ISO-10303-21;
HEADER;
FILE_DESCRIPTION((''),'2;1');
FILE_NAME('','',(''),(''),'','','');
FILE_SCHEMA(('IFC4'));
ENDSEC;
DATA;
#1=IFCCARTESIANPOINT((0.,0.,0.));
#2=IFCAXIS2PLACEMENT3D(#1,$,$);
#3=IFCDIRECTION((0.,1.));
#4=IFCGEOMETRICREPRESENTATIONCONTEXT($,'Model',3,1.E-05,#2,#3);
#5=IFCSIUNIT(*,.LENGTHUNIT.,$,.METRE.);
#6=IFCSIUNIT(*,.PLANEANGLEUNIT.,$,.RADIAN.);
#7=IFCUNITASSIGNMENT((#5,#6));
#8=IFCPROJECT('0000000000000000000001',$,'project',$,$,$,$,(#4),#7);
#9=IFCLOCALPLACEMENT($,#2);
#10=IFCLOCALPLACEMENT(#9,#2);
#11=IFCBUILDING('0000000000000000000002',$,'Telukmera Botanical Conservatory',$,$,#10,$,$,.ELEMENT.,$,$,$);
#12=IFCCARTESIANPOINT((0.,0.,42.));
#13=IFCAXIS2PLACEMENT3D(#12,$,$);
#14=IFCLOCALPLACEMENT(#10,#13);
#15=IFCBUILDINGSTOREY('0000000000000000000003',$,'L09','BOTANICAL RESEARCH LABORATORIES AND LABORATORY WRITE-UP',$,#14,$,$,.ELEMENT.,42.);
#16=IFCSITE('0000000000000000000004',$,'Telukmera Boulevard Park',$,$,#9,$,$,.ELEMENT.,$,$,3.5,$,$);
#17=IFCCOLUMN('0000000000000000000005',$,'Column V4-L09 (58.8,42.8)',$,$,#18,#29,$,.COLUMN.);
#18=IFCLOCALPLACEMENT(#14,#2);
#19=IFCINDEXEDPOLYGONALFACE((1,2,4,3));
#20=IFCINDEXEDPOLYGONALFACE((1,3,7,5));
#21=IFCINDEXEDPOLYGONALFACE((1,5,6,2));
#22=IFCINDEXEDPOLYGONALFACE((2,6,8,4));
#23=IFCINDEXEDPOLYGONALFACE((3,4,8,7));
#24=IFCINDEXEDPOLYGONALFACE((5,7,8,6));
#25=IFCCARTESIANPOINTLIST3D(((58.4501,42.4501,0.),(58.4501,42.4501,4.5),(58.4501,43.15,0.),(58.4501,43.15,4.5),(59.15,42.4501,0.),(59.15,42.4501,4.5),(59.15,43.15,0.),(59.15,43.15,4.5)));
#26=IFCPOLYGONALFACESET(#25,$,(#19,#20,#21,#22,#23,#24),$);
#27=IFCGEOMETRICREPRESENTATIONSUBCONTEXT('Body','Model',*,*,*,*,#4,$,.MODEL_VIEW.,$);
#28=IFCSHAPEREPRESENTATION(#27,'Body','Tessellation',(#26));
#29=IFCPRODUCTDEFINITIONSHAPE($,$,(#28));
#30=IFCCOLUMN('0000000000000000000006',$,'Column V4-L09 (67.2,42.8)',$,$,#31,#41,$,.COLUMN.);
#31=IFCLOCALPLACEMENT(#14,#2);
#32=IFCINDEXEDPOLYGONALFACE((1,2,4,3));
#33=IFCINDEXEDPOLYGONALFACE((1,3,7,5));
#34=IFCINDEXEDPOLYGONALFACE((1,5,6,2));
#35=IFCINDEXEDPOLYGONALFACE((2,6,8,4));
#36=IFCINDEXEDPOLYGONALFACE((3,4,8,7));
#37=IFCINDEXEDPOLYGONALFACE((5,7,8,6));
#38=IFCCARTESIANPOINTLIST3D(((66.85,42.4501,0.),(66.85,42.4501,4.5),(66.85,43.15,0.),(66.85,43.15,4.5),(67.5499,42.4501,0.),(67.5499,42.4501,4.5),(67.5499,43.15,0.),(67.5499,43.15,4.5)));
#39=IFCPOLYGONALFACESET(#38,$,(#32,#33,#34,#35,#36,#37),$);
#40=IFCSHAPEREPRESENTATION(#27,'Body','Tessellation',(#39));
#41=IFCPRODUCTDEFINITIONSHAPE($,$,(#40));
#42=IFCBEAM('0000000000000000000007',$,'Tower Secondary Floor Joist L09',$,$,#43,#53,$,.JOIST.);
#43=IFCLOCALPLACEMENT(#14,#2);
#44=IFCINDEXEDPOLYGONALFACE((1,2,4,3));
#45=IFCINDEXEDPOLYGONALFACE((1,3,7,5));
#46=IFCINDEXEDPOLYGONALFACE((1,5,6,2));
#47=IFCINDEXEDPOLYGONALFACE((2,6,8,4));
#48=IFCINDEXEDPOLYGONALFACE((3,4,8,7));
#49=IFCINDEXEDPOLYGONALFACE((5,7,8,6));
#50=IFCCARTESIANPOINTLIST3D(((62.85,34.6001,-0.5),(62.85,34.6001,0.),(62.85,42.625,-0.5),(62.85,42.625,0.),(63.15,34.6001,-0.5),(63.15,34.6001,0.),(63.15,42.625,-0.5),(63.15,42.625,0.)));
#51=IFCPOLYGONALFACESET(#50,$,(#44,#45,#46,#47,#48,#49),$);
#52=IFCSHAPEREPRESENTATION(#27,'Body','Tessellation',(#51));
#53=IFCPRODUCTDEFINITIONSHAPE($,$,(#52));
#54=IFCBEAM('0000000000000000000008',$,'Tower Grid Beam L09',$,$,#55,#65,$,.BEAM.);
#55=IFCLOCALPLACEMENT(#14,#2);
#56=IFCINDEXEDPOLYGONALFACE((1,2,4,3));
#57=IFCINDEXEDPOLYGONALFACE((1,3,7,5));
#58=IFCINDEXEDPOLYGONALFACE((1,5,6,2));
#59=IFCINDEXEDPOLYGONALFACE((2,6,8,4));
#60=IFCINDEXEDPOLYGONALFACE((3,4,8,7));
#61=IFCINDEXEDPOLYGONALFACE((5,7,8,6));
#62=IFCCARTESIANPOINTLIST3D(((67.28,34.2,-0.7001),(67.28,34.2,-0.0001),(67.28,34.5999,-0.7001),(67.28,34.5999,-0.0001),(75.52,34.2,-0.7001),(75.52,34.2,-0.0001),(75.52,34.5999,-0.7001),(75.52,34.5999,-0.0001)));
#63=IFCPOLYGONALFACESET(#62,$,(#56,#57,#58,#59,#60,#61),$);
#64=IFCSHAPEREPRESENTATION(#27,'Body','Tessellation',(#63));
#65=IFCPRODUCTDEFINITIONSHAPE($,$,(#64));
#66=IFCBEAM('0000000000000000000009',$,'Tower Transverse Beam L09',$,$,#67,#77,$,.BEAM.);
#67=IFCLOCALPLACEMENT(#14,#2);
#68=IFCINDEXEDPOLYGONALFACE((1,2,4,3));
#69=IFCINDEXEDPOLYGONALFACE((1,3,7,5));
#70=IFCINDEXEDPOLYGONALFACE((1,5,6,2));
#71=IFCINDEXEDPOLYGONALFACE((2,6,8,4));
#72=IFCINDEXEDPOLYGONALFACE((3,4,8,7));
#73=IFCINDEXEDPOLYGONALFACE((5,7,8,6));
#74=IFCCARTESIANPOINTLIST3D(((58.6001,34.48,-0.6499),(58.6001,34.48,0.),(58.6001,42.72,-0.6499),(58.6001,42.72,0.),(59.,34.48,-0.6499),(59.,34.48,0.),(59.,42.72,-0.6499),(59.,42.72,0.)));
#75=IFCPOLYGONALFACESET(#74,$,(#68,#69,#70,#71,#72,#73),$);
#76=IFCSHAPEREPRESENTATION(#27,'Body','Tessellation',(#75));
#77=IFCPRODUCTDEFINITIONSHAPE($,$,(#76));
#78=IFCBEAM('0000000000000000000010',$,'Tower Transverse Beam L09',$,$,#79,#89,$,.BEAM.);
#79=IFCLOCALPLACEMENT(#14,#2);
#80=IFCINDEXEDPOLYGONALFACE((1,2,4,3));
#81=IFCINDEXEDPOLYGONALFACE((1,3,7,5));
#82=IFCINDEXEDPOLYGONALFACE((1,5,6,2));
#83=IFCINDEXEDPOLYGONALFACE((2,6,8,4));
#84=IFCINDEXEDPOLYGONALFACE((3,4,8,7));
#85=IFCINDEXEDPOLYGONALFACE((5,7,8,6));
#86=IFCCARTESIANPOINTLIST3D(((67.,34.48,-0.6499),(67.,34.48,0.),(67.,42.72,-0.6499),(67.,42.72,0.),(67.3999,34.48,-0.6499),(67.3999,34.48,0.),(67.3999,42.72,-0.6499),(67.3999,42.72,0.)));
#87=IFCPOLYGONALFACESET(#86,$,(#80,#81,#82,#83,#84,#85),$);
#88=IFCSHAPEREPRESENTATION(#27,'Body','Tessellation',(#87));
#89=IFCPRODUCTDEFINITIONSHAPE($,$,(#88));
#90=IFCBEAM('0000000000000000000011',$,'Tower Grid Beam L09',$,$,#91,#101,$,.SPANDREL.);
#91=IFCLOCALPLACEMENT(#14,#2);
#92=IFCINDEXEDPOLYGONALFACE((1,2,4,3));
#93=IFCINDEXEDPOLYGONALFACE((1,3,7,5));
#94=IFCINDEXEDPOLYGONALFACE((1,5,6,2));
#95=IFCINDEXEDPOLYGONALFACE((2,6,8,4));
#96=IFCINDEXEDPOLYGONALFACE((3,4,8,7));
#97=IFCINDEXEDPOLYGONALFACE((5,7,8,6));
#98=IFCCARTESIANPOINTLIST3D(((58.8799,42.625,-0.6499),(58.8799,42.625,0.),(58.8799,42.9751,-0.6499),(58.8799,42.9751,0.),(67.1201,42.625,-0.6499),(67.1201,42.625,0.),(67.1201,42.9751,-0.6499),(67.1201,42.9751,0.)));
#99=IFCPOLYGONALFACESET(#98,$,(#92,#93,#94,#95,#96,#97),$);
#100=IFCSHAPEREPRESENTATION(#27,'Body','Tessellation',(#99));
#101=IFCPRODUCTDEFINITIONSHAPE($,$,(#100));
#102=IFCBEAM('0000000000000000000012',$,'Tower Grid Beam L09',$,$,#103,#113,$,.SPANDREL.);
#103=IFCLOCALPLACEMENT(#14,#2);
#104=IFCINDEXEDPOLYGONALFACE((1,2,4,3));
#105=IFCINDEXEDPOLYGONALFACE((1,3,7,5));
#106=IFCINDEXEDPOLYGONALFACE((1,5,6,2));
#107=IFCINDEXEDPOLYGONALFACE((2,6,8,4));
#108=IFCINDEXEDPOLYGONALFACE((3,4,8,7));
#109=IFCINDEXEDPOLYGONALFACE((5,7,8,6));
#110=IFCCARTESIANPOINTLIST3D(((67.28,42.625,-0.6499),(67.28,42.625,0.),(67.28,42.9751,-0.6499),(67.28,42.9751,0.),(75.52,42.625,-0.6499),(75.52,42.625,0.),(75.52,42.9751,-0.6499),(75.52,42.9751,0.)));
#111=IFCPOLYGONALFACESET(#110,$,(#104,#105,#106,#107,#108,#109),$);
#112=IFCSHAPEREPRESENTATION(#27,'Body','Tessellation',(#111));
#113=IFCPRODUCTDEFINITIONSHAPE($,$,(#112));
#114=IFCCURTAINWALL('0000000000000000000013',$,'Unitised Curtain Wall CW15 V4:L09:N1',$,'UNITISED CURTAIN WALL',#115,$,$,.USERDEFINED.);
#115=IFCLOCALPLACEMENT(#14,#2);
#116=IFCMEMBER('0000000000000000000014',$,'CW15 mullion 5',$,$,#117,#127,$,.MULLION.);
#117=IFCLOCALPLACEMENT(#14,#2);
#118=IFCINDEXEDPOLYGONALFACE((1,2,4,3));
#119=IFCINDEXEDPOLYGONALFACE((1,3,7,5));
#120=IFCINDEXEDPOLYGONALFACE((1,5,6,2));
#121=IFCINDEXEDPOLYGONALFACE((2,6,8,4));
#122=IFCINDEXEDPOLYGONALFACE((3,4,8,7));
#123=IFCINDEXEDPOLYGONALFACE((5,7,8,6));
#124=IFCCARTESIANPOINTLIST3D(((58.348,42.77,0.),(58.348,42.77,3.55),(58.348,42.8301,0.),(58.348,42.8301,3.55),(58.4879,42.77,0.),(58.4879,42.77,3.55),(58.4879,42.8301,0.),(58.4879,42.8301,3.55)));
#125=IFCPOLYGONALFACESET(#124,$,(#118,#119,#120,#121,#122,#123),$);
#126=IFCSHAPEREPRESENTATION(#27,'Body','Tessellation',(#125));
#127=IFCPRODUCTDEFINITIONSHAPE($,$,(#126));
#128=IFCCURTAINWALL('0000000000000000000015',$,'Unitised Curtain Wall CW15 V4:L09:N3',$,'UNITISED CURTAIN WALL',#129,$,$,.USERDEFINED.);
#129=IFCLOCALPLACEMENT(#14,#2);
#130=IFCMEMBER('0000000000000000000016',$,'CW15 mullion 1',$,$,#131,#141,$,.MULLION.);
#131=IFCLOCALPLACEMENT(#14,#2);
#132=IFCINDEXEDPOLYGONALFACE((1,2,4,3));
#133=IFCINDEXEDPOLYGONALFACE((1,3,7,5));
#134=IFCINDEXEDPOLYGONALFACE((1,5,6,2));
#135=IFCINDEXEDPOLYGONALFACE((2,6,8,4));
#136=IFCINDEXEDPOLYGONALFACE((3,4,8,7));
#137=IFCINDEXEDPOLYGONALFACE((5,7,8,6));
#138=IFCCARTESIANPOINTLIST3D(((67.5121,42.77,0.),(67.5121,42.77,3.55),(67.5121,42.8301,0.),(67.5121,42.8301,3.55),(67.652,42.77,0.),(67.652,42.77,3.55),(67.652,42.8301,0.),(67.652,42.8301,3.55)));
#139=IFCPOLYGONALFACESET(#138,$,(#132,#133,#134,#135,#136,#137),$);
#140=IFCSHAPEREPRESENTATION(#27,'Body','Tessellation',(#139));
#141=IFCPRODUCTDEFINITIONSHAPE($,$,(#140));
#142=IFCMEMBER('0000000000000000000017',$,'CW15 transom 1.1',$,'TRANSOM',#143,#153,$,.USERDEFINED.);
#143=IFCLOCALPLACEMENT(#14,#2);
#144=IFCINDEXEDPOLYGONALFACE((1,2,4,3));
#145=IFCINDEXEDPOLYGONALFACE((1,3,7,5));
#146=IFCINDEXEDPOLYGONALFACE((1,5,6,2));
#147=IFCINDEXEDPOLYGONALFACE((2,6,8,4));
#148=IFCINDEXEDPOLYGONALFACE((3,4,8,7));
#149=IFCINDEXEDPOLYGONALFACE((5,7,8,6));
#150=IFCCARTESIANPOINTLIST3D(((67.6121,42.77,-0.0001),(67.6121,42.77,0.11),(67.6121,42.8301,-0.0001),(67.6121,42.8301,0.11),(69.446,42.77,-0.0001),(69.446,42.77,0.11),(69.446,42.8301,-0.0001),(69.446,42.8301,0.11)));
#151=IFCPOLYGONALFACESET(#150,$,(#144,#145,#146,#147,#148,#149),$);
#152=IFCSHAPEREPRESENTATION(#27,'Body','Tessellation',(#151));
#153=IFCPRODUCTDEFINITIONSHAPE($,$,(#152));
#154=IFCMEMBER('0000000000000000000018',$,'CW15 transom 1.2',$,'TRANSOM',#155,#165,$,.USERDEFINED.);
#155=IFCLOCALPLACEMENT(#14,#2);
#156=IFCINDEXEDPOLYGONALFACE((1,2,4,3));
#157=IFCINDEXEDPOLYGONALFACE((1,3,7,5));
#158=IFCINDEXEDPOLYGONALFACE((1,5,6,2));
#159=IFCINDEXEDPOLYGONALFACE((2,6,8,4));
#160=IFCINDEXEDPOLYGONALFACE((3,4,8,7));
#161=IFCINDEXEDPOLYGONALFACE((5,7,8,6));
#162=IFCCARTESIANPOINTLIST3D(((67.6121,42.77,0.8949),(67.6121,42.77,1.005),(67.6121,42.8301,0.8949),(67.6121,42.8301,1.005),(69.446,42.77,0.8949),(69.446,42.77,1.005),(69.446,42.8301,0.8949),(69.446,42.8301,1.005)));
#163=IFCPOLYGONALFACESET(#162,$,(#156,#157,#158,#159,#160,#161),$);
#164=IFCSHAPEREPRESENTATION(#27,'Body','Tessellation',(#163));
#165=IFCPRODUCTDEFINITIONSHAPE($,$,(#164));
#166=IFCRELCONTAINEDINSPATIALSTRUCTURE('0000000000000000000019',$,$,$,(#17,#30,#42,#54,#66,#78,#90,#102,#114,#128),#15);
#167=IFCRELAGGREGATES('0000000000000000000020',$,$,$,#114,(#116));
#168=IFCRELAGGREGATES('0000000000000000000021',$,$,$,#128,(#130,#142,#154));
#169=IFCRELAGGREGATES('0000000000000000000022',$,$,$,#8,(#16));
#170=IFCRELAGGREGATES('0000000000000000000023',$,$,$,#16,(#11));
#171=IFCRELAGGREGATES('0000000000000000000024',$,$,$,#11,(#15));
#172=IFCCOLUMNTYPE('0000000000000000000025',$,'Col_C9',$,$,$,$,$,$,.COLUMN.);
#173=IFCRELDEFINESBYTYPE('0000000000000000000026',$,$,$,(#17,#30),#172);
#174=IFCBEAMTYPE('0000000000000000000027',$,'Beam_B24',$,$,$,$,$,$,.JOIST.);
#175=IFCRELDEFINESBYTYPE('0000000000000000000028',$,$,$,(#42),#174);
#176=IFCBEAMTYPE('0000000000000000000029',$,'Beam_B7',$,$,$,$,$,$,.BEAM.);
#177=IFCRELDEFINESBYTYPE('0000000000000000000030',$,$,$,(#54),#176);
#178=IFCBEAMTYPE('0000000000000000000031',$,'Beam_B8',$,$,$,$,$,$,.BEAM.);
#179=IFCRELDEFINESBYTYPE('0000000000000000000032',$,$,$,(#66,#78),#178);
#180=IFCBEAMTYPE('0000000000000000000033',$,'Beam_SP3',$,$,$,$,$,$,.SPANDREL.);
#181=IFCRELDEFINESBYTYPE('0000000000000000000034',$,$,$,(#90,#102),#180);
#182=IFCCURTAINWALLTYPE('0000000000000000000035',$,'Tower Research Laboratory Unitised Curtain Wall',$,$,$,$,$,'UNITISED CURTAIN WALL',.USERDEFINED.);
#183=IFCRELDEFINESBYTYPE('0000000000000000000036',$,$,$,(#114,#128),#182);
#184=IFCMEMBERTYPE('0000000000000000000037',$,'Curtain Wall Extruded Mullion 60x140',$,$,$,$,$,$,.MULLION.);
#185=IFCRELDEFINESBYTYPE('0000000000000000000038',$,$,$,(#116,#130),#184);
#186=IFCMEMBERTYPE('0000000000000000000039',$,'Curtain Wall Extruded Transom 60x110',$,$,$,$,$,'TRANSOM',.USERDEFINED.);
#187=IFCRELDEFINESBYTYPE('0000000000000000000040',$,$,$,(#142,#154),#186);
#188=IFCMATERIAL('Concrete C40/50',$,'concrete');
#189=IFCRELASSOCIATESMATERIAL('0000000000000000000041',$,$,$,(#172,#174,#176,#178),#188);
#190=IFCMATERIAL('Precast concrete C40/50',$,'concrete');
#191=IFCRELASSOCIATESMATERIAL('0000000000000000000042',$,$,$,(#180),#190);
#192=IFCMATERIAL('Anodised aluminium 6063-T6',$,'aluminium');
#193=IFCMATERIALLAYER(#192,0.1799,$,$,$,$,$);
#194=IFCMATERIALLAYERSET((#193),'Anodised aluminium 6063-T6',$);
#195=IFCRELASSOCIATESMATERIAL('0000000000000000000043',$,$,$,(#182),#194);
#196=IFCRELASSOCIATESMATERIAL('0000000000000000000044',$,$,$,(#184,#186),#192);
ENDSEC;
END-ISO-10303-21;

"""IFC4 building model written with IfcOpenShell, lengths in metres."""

from ifc_helpers import new_model, si_unit, direction, frame, origin, origin_2d, place, context, subcontext, project, spatial, rectangle, extrude, material, layer, layer_set, material_profile, profile_set, type_object, element, aggregate, save


model = new_model("IFC4")

# Units and contexts
model_context = context("Model", 3, precision=1e-05, world=origin(), true_north=direction((0.0, 1.0)))
body_context = subcontext(model_context, "Body", "Model", "MODEL_VIEW")
ifc_project = project(units=[si_unit("LENGTHUNIT", "METRE"), si_unit("PLANEANGLEUNIT", "RADIAN")], contexts=[model_context])

# Site, building, storey
site_placement = place(None, origin())
site = spatial("IfcSite", under=ifc_project, at=site_placement, Name="Telukmera Boulevard Park", CompositionType="ELEMENT", RefElevation=3.5)
building_placement = place(site_placement, origin())
building = spatial("IfcBuilding", under=site, at=building_placement, Name="Telukmera Botanical Conservatory", CompositionType="ELEMENT")
storey_placement = place(building_placement, frame((0.0, 0.0, 42.0)))
storey = spatial("IfcBuildingStorey", under=building, at=storey_placement, Name="L09", Description="BOTANICAL RESEARCH LABORATORIES AND LABORATORY WRITE-UP", CompositionType="ELEMENT", Elevation=42.0)

# Columns
ifc_material_1 = material(Name="Concrete C40/50", Category="concrete")
ifc_material_profile_1 = material_profile(ifc_material_1, rectangle(XDim=0.7, YDim=0.7, at=origin_2d()), Name="RC 700x700")
ifc_profile_set_1 = profile_set([ifc_material_profile_1], Name="Concrete C40/50")
column_type = type_object("IfcColumnType", Name="Col_C9", PredefinedType="COLUMN", material=ifc_profile_set_1)
for number, where, z_axis, x_axis, name in (
    (1, (58.8, 42.8, 0.0), (0.0, 0.0, 1.0), (1.0, 0.0, 0.0), "Column V4-L09 (58.8,42.8)"),
    (2, (67.2, 42.8, 0.0), (0.0, 0.0, 1.0), (1.0, 0.0, 0.0), "Column V4-L09 (67.2,42.8)"),
):
    element("IfcColumn", number, at=place(storey_placement, frame(where, z_axis=z_axis, x_axis=x_axis)), inside=storey, type_object=column_type, Name=name, PredefinedType="COLUMN", context=body_context, shape_type="SweptSolid", body=[
        extrude(rectangle(XDim=0.7, YDim=0.7, at=origin_2d()), origin(), (0.0, 0.0, 1.0), 4.5),
    ])

# Beams
ifc_material_profile_2 = material_profile(ifc_material_1, rectangle(XDim=0.3, YDim=0.5, at=origin_2d()), Name="RC 300x500")
ifc_profile_set_2 = profile_set([ifc_material_profile_2], Name="Concrete C40/50")
beam_type_1 = type_object("IfcBeamType", Name="Beam_B24", PredefinedType="JOIST", material=ifc_profile_set_2)
beam_1_placement = place(storey_placement, frame((63.0, 34.6001, -0.25), z_axis=(0.0, 1.0, 0.0), x_axis=(-1.0, 0.0, 0.0)))
element("IfcBeam", 3, at=beam_1_placement, inside=storey, type_object=beam_type_1, Name="Tower Secondary Floor Joist L09", PredefinedType="JOIST", context=body_context, shape_type="SweptSolid", body=[
    extrude(rectangle(XDim=0.3, YDim=0.5, at=origin_2d()), origin(), (0.0, 0.0, 1.0), 8.0249),
])
ifc_material_profile_3 = material_profile(ifc_material_1, rectangle(XDim=0.3999, YDim=0.7, at=origin_2d()), Name="RC 400x700")
ifc_profile_set_3 = profile_set([ifc_material_profile_3], Name="Concrete C40/50")
beam_type_2 = type_object("IfcBeamType", Name="Beam_B7", PredefinedType="BEAM", material=ifc_profile_set_3)
beam_2_placement = place(storey_placement, frame((67.28, 34.3999, -0.3501), z_axis=(1.0, 0.0, 0.0), x_axis=(0.0, 1.0, 0.0)))
element("IfcBeam", 4, at=beam_2_placement, inside=storey, type_object=beam_type_2, Name="Tower Grid Beam L09", PredefinedType="BEAM", context=body_context, shape_type="SweptSolid", body=[
    extrude(rectangle(XDim=0.3999, YDim=0.7, at=origin_2d()), origin(), (0.0, 0.0, 1.0), 8.24),
])
ifc_material_profile_4 = material_profile(ifc_material_1, rectangle(XDim=0.3999, YDim=0.6499, at=origin_2d()), Name="RC 400x650")
ifc_profile_set_4 = profile_set([ifc_material_profile_4], Name="Concrete C40/50")
beam_type_3 = type_object("IfcBeamType", Name="Beam_B8", PredefinedType="BEAM", material=ifc_profile_set_4)
for number, where, z_axis, x_axis, name in (
    (5, (58.8, 34.48, -0.325), (0.0, 1.0, 0.0), (-1.0, 0.0, 0.0), "Tower Transverse Beam L09"),
    (6, (67.2, 34.48, -0.325), (0.0, 1.0, 0.0), (-1.0, 0.0, 0.0), "Tower Transverse Beam L09"),
):
    element("IfcBeam", number, at=place(storey_placement, frame(where, z_axis=z_axis, x_axis=x_axis)), inside=storey, type_object=beam_type_3, Name=name, PredefinedType="BEAM", context=body_context, shape_type="SweptSolid", body=[
        extrude(rectangle(XDim=0.3999, YDim=0.6499, at=origin_2d()), origin(), (0.0, 0.0, 1.0), 8.24),
    ])
ifc_material_2 = material(Name="Precast concrete C40/50", Category="concrete")
ifc_material_profile_5 = material_profile(ifc_material_2, rectangle(XDim=0.3501, YDim=0.6499, at=origin_2d()), Name="PC 350x650")
ifc_profile_set_5 = profile_set([ifc_material_profile_5], Name="Precast concrete C40/50")
beam_type_4 = type_object("IfcBeamType", Name="Beam_SP3", PredefinedType="SPANDREL", material=ifc_profile_set_5)
beam_3_placement = place(storey_placement, frame((58.8799, 42.8, -0.325), z_axis=(1.0, 0.0, 0.0), x_axis=(0.0, 1.0, 0.0)))
element("IfcBeam", 7, at=beam_3_placement, inside=storey, type_object=beam_type_4, Name="Tower Grid Beam L09", PredefinedType="SPANDREL", context=body_context, shape_type="SweptSolid", body=[
    extrude(rectangle(XDim=0.3501, YDim=0.6499, at=origin_2d()), origin(), (0.0, 0.0, 1.0), 8.2402),
])
beam_4_placement = place(storey_placement, frame((67.28, 42.8, -0.325), z_axis=(1.0, 0.0, 0.0), x_axis=(0.0, 1.0, 0.0)))
element("IfcBeam", 8, at=beam_4_placement, inside=storey, type_object=beam_type_4, Name="Tower Grid Beam L09", PredefinedType="SPANDREL", context=body_context, shape_type="SweptSolid", body=[
    extrude(rectangle(XDim=0.3501, YDim=0.6499, at=origin_2d()), origin(), (0.0, 0.0, 1.0), 8.24),
])

# Curtain wall, member
ifc_material_3 = material(Name="Anodised aluminium 6063-T6", Category="aluminium")
ifc_layer_1 = layer(ifc_material_3, 0.1799)
ifc_layer_set_1 = layer_set([ifc_layer_1], Name="Anodised aluminium 6063-T6")
curtain_wall_type = type_object("IfcCurtainWallType", Name="Tower Research Laboratory Unitised Curtain Wall", ElementType="UNITISED CURTAIN WALL", PredefinedType="USERDEFINED", material=ifc_layer_set_1)
curtain_wall_1_placement = place(storey_placement, origin())
curtain_wall_1 = element("IfcCurtainWall", 9, at=curtain_wall_1_placement, inside=storey, type_object=curtain_wall_type, Name="Unitised Curtain Wall CW15 V4:L09:N1", ObjectType="UNITISED CURTAIN WALL", PredefinedType="USERDEFINED")
ifc_material_profile_6 = material_profile(ifc_material_3, rectangle(XDim=0.0601, YDim=0.1399, at=origin_2d()), Name="ALU MULL 60x140")
ifc_profile_set_6 = profile_set([ifc_material_profile_6], Name="Anodised aluminium 6063-T6")
member_type_1 = type_object("IfcMemberType", Name="Curtain Wall Extruded Mullion 60x140", PredefinedType="MULLION", material=ifc_profile_set_6)
member_1_placement = place(storey_placement, frame((58.418, 42.8, 0.0), z_axis=(0.0, 0.0, 1.0), x_axis=(0.0, 1.0, 0.0)))
member_1 = element("IfcMember", 10, at=member_1_placement, type_object=member_type_1, Name="CW15 mullion 5", PredefinedType="MULLION", context=body_context, shape_type="SweptSolid", body=[
    extrude(rectangle(XDim=0.0601, YDim=0.1399, at=origin_2d()), origin(), (0.0, 0.0, 1.0), 3.55),
])
aggregate(curtain_wall_1, [member_1])

# Curtain wall, members
curtain_wall_2_placement = place(storey_placement, origin())
curtain_wall_2 = element("IfcCurtainWall", 11, at=curtain_wall_2_placement, inside=storey, type_object=curtain_wall_type, Name="Unitised Curtain Wall CW15 V4:L09:N3", ObjectType="UNITISED CURTAIN WALL", PredefinedType="USERDEFINED")
member_2_placement = place(storey_placement, frame((67.582, 42.8, 0.0), z_axis=(0.0, 0.0, 1.0), x_axis=(0.0, 1.0, 0.0)))
member_2 = element("IfcMember", 12, at=member_2_placement, type_object=member_type_1, Name="CW15 mullion 1", PredefinedType="MULLION", context=body_context, shape_type="SweptSolid", body=[
    extrude(rectangle(XDim=0.0601, YDim=0.1399, at=origin_2d()), origin(), (0.0, 0.0, 1.0), 3.55),
])
ifc_material_profile_7 = material_profile(ifc_material_3, rectangle(XDim=0.0601, YDim=0.1101, at=origin_2d()), Name="ALU TRAN 60x110")
ifc_profile_set_7 = profile_set([ifc_material_profile_7], Name="Anodised aluminium 6063-T6")
member_type_2 = type_object("IfcMemberType", Name="Curtain Wall Extruded Transom 60x110", ElementType="TRANSOM", PredefinedType="USERDEFINED", material=ifc_profile_set_7)
member_3_placement = place(storey_placement, frame((67.6121, 42.8, 0.0549), z_axis=(1.0, 0.0, 0.0), x_axis=(0.0, 1.0, 0.0)))
member_3 = element("IfcMember", 13, at=member_3_placement, type_object=member_type_2, Name="CW15 transom 1.1", ObjectType="TRANSOM", PredefinedType="USERDEFINED", context=body_context, shape_type="SweptSolid", body=[
    extrude(rectangle(XDim=0.0601, YDim=0.1101, at=origin_2d()), origin(), (0.0, 0.0, 1.0), 1.834),
])
member_4_placement = place(storey_placement, frame((67.6121, 42.8, 0.95), z_axis=(1.0, 0.0, 0.0), x_axis=(0.0, 1.0, 0.0)))
member_4 = element("IfcMember", 14, at=member_4_placement, type_object=member_type_2, Name="CW15 transom 1.2", ObjectType="TRANSOM", PredefinedType="USERDEFINED", context=body_context, shape_type="SweptSolid", body=[
    extrude(rectangle(XDim=0.0601, YDim=0.1101, at=origin_2d()), origin(), (0.0, 0.0, 1.0), 1.834),
])
aggregate(curtain_wall_2, [member_2, member_3, member_4])

save(model, "model.ifc")
